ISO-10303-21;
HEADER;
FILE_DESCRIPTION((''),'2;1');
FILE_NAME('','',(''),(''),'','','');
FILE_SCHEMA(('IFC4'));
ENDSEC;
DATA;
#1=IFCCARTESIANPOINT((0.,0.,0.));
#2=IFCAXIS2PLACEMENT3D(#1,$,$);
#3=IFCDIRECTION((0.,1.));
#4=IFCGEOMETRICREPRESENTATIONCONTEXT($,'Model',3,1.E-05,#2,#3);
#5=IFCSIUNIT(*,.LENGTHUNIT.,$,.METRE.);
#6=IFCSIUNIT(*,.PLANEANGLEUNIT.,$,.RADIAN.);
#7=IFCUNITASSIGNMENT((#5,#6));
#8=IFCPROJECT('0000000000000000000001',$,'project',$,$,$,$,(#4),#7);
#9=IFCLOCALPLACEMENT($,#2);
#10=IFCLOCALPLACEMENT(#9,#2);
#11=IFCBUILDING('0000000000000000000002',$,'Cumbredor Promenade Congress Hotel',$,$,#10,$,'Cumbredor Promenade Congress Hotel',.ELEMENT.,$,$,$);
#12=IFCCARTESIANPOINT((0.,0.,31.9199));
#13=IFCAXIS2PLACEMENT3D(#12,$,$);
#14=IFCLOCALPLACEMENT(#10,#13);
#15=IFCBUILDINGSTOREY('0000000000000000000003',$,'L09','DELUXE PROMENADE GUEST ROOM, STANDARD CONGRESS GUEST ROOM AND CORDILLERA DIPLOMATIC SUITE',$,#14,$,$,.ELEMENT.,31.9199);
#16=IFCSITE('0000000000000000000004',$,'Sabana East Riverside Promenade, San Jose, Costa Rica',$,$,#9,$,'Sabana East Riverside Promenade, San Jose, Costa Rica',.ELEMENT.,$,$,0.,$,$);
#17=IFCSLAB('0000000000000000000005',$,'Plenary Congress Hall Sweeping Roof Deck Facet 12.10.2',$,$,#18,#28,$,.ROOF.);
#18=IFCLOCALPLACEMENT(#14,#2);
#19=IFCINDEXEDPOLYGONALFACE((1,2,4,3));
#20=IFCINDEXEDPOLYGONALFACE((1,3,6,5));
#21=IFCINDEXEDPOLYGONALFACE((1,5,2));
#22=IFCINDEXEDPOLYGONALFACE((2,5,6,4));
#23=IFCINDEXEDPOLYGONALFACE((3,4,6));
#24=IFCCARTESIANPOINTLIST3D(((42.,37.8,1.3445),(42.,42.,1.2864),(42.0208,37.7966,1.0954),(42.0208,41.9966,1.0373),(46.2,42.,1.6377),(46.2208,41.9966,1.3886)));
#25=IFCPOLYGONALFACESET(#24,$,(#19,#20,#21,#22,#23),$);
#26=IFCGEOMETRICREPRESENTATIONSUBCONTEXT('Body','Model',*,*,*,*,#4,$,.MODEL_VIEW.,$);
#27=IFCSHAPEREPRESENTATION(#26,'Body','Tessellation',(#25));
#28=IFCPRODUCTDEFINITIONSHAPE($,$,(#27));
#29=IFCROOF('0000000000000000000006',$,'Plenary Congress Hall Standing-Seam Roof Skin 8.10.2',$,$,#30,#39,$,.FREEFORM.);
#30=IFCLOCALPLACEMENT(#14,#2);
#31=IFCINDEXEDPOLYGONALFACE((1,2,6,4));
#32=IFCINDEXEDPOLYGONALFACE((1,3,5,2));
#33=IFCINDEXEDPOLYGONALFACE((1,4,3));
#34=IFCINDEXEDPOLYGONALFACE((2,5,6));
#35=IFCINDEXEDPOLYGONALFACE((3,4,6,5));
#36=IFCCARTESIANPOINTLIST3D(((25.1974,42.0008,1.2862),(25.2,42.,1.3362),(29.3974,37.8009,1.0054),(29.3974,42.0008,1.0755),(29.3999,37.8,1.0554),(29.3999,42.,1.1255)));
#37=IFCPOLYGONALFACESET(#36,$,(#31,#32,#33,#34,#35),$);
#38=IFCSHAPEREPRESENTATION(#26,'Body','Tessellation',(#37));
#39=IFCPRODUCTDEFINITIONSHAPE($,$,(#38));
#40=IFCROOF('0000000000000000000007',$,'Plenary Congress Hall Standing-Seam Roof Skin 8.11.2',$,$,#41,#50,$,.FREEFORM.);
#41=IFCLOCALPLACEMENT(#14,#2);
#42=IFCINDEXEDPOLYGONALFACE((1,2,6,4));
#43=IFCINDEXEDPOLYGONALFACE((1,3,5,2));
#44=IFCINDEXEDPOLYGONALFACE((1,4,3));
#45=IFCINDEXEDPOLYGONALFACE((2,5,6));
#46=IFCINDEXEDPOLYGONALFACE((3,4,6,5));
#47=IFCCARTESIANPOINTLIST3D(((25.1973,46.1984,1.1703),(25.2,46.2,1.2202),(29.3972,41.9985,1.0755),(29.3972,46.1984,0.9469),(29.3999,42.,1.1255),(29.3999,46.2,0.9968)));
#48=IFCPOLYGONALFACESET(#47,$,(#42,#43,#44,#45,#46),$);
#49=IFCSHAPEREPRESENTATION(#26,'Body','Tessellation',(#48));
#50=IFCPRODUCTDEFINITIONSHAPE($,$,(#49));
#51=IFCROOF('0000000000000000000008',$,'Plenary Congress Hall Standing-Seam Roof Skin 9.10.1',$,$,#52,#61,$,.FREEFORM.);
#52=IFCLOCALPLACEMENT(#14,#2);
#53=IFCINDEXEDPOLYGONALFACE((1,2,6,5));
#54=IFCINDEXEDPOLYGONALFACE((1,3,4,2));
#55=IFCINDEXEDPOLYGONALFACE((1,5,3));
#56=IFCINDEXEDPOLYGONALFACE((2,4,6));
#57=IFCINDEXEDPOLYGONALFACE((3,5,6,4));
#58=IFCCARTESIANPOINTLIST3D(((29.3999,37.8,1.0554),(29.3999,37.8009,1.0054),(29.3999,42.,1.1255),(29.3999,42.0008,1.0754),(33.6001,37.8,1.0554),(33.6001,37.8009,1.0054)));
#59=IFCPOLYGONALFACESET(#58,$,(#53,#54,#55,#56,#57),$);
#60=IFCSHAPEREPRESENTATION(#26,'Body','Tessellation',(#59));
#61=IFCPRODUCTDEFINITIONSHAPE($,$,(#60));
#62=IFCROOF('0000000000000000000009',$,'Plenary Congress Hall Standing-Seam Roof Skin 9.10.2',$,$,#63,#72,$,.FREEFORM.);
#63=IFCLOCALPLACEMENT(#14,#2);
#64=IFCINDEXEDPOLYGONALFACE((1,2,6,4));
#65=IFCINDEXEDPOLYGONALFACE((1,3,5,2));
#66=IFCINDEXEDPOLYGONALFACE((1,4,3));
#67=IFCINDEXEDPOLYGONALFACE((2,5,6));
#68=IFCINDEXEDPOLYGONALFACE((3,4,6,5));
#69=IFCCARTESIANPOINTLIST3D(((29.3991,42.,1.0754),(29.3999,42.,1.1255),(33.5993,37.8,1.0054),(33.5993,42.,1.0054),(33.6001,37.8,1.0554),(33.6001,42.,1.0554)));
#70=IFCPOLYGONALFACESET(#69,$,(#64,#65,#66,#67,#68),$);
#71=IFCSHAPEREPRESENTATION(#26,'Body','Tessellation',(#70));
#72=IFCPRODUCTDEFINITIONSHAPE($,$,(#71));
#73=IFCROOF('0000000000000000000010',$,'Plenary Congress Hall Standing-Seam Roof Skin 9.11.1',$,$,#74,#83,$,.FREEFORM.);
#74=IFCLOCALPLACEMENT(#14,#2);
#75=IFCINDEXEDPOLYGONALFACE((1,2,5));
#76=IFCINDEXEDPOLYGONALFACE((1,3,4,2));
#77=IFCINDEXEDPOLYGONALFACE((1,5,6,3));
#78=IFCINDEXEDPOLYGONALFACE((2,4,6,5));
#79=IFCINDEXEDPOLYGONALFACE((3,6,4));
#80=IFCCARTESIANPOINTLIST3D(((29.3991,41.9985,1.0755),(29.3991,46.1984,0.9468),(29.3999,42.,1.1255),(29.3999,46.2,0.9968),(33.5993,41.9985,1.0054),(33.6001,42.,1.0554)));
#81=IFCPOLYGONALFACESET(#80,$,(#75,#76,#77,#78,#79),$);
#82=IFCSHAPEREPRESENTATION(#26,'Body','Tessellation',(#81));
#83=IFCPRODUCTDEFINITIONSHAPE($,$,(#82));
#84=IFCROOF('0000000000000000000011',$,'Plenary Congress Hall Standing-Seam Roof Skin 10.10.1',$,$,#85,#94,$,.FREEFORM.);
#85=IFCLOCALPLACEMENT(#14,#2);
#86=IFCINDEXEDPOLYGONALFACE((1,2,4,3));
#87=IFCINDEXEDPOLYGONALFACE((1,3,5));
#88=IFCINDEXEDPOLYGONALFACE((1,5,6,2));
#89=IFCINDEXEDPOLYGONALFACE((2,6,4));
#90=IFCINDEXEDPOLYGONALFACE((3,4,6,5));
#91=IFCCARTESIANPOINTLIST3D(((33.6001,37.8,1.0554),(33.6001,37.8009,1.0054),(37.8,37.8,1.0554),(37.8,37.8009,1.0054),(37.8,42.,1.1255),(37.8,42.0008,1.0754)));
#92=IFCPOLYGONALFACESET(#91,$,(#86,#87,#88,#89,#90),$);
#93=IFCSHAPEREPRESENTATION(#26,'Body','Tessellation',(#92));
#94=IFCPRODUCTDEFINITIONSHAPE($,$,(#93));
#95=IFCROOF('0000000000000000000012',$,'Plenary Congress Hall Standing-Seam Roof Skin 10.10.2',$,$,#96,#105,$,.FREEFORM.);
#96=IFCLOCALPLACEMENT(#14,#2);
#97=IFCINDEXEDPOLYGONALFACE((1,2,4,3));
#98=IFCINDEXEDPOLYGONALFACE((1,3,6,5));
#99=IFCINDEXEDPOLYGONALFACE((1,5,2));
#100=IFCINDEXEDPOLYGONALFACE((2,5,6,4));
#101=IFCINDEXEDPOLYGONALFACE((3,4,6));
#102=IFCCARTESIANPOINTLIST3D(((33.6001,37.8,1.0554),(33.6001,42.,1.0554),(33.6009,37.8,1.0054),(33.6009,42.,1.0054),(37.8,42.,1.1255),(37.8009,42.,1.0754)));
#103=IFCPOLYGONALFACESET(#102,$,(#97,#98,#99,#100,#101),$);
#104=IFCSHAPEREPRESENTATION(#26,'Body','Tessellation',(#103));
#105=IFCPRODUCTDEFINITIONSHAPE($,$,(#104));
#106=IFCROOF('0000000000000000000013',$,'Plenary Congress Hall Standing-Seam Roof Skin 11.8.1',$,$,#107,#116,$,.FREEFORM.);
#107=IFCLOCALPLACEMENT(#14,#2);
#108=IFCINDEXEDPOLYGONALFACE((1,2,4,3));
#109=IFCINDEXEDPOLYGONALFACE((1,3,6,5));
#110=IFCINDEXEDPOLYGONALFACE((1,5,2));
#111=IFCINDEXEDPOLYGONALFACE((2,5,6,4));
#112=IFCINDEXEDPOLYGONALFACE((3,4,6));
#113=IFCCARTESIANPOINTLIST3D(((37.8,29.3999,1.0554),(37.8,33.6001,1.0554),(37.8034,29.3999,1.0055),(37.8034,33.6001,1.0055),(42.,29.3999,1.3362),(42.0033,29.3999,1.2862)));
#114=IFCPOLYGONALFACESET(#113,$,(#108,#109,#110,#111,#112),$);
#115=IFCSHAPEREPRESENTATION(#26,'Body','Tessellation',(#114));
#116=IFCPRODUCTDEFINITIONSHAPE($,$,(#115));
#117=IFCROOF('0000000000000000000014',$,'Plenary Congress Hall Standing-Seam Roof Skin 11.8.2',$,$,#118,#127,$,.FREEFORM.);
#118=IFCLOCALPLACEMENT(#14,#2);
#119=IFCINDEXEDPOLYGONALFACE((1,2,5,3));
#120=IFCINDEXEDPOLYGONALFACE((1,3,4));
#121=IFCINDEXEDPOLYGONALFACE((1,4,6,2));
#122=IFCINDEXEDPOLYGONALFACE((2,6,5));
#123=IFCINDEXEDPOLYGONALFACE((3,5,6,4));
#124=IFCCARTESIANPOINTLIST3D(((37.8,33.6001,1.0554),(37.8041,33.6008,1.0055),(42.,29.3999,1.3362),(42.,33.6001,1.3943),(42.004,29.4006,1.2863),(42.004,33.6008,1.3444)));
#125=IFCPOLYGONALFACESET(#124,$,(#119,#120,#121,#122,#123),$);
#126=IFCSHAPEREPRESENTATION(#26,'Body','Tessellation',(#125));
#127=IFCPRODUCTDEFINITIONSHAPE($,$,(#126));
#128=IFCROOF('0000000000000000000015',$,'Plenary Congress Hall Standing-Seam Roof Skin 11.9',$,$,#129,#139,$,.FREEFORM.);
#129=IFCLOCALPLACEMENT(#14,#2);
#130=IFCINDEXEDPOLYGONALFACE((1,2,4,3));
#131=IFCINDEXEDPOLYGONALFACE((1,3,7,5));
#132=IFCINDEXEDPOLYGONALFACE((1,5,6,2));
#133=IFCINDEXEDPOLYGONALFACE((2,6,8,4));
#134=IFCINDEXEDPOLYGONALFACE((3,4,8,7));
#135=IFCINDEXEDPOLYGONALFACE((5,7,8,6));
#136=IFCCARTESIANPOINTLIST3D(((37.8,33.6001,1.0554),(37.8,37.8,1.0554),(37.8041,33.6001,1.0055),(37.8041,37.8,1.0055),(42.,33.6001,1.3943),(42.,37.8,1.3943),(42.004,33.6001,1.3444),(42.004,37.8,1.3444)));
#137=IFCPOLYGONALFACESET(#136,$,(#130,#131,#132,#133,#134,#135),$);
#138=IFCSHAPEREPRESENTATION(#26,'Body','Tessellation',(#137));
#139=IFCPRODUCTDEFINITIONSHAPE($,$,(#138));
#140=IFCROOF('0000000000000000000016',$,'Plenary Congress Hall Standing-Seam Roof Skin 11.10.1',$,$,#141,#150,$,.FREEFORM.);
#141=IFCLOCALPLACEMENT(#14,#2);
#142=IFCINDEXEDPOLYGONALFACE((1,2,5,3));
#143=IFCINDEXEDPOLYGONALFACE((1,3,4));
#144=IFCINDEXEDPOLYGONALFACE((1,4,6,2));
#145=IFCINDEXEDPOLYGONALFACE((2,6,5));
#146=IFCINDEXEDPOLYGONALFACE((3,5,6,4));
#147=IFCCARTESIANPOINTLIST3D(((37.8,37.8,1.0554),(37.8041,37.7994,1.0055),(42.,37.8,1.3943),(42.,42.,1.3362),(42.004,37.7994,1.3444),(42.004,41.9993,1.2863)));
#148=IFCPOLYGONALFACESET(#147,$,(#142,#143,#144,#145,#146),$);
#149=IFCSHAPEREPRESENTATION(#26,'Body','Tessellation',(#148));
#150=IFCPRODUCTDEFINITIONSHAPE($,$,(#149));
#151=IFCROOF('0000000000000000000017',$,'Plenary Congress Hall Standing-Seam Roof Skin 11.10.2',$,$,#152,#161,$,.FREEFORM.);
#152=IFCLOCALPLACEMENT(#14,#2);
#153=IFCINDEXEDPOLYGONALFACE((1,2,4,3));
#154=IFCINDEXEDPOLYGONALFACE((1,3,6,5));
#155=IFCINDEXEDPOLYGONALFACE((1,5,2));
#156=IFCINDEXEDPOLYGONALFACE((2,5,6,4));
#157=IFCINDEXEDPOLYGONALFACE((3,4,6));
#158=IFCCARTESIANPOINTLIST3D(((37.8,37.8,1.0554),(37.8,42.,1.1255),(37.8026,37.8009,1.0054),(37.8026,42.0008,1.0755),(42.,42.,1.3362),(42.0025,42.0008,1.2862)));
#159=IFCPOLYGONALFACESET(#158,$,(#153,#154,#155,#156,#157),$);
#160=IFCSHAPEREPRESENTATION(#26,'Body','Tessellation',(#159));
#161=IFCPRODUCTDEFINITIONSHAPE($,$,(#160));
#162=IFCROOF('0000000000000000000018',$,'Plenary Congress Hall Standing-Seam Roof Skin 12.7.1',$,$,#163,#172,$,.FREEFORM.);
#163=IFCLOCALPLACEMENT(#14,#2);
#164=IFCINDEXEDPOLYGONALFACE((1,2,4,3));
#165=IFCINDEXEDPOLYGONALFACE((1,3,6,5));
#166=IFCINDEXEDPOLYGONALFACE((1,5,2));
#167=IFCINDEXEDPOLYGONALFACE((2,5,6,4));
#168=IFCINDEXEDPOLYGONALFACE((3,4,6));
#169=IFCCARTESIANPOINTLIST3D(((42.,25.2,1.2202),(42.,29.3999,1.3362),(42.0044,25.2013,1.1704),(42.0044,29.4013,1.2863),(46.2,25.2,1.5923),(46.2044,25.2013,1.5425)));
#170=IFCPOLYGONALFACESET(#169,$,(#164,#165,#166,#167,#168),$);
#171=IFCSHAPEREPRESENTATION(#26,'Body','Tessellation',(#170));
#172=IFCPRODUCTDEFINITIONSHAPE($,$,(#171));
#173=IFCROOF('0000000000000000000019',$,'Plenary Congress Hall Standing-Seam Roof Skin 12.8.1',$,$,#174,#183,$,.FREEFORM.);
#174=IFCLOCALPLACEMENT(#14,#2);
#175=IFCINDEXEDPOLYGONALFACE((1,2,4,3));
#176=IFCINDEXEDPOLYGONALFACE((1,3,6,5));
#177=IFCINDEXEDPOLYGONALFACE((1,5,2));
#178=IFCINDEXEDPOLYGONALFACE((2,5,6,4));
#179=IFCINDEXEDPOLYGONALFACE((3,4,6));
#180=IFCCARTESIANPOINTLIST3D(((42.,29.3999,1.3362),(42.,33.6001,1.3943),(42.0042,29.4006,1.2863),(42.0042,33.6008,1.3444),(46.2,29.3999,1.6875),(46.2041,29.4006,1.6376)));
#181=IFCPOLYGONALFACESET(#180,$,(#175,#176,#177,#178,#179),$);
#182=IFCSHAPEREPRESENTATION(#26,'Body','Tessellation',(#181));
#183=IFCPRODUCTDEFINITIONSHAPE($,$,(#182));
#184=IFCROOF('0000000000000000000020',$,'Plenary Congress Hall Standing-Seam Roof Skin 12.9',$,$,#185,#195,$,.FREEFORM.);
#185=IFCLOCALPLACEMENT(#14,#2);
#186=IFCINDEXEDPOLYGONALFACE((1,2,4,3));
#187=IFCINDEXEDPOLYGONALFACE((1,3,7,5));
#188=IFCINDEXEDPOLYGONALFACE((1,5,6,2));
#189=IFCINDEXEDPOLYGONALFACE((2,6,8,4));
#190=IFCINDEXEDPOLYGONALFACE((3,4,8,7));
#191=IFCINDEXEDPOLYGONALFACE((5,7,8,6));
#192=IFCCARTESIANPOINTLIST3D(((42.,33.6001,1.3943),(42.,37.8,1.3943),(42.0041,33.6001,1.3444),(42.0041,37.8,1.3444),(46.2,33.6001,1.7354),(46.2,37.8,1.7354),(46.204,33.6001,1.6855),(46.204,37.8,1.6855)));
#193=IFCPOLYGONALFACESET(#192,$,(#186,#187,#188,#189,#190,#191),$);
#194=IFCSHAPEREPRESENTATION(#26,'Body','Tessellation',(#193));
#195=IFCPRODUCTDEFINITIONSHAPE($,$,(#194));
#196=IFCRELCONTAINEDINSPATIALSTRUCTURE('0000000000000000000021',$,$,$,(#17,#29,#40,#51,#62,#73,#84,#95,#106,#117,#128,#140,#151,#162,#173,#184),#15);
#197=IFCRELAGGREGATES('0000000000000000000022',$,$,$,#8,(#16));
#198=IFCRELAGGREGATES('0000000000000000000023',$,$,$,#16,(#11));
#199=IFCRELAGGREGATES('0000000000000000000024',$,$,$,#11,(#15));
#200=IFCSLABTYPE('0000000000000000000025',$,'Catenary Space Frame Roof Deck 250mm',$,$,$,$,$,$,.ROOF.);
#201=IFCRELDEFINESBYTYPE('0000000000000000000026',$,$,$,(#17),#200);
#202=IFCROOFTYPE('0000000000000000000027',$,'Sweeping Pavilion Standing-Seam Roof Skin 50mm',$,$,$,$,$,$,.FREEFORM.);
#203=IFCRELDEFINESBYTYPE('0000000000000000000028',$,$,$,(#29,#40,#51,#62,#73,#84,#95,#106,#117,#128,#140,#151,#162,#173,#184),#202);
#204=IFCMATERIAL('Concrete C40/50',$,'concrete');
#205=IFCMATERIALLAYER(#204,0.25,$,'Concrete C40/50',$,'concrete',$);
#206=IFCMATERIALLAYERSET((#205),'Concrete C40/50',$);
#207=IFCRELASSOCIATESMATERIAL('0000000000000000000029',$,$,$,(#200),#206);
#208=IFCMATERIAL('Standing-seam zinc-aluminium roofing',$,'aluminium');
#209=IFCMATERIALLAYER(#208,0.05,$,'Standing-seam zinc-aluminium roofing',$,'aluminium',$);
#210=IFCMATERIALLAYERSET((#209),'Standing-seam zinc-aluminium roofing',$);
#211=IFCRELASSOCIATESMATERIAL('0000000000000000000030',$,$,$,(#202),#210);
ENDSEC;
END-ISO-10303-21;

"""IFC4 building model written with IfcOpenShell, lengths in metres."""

from ifc_helpers import new_model, si_unit, direction, frame, origin, place, context, subcontext, project, spatial, polyline, outline, extrude, material, layer, layer_set, type_object, element, save


model = new_model("IFC4")

# Units and contexts
model_context = context("Model", 3, precision=1e-05, world=origin(), true_north=direction((0.0, 1.0)))
body_context = subcontext(model_context, "Body", "Model", "MODEL_VIEW")
ifc_project = project(units=[si_unit("LENGTHUNIT", "METRE"), si_unit("PLANEANGLEUNIT", "RADIAN")], contexts=[model_context])

# Site, building, storey
site_placement = place(None, origin())
site = spatial("IfcSite", under=ifc_project, at=site_placement, Name="Sabana East Riverside Promenade, San Jose, Costa Rica", LongName="Sabana East Riverside Promenade, San Jose, Costa Rica", CompositionType="ELEMENT", RefElevation=0.0)
building_placement = place(site_placement, origin())
building = spatial("IfcBuilding", under=site, at=building_placement, Name="Cumbredor Promenade Congress Hotel", LongName="Cumbredor Promenade Congress Hotel", CompositionType="ELEMENT")
storey_placement = place(building_placement, frame((0.0, 0.0, 31.9199)))
storey = spatial("IfcBuildingStorey", under=building, at=storey_placement, Name="L09", Description="DELUXE PROMENADE GUEST ROOM, STANDARD CONGRESS GUEST ROOM AND CORDILLERA DIPLOMATIC SUITE", CompositionType="ELEMENT", Elevation=31.9199)

# Slab
ifc_material_1 = material(Name="Concrete C40/50", Category="concrete")
ifc_layer_1 = layer(ifc_material_1, 0.25, Name="Concrete C40/50", Category="concrete")
ifc_layer_set_1 = layer_set([ifc_layer_1], Name="Concrete C40/50")
slab_type = type_object("IfcSlabType", Name="Catenary Space Frame Roof Deck 250mm", PredefinedType="ROOF", material=ifc_layer_set_1)
slab_1_placement = place(storey_placement, frame((42.0, 37.8, 1.3445), z_axis=(-0.083349, 0.013785, 0.996425), x_axis=(0.706247, 0.706247, 0.049305)))
element("IfcSlab", 1, at=slab_1_placement, inside=storey, type_object=slab_type, Name="Plenary Congress Hall Sweeping Roof Deck Facet 12.10.2", PredefinedType="ROOF", context=body_context, shape_type="SweptSolid", body=[
    extrude(outline(polyline([(0.0, 0.0), (5.9469, 0.0), (2.9633, 2.9768), (0.0, 0.0)])), origin(), (0.0, 0.0, -1.0), 0.25),
])

# Roofs
ifc_material_2 = material(Name="Standing-seam zinc-aluminium roofing", Category="aluminium")
ifc_layer_2 = layer(ifc_material_2, 0.05, Name="Standing-seam zinc-aluminium roofing", Category="aluminium")
ifc_layer_set_2 = layer_set([ifc_layer_2], Name="Standing-seam zinc-aluminium roofing")
roof_type = type_object("IfcRoofType", Name="Sweeping Pavilion Standing-Seam Roof Skin 50mm", PredefinedType="FREEFORM", material=ifc_layer_set_2)
roof_1_placement = place(storey_placement, frame((29.3999, 37.8, 1.0554), z_axis=(0.050096, -0.01666, 0.998605), x_axis=(0.0, 0.999861, 0.016681)))
element("IfcRoof", 2, at=roof_1_placement, inside=storey, type_object=roof_type, Name="Plenary Congress Hall Standing-Seam Roof Skin 8.10.2", PredefinedType="FREEFORM", context=body_context, shape_type="SweptSolid", body=[
    extrude(outline(polyline([(0.0, 0.0), (4.2005, 0.0), (4.2041, 4.2052), (0.0, 0.0)])), origin(), (0.0, 0.0, -1.0), 0.05),
])
roof_2_placement = place(storey_placement, frame((29.3999, 42.0, 1.1255), z_axis=(0.053088, 0.030577, 0.998122), x_axis=(0.0, 0.999531, -0.03062)))
element("IfcRoof", 3, at=roof_2_placement, inside=storey, type_object=roof_type, Name="Plenary Congress Hall Standing-Seam Roof Skin 8.11.2", PredefinedType="FREEFORM", context=body_context, shape_type="SweptSolid", body=[
    extrude(outline(polyline([(0.0, 0.0), (4.2019, 0.0), (4.1951, 4.2059), (0.0, 0.0)])), origin(), (0.0, 0.0, -1.0), 0.05),
])
roof_3_placement = place(storey_placement, frame((29.3999, 37.8, 1.0554), z_axis=(0.0, -0.016681, 0.999861), x_axis=(1.0, 0.0, 0.0)))
element("IfcRoof", 4, at=roof_3_placement, inside=storey, type_object=roof_type, Name="Plenary Congress Hall Standing-Seam Roof Skin 9.10.1", PredefinedType="FREEFORM", context=body_context, shape_type="SweptSolid", body=[
    extrude(outline(polyline([(0.0, 0.0), (4.2002, 0.0), (0.0, 4.2005), (0.0, 0.0)])), origin(), (0.0, 0.0, -1.0), 0.05),
])
roof_4_placement = place(storey_placement, frame((33.6001, 37.8, 1.0554), z_axis=(0.01668, 0.0, 0.999861), x_axis=(0.0, 1.0, 0.0)))
element("IfcRoof", 5, at=roof_4_placement, inside=storey, type_object=roof_type, Name="Plenary Congress Hall Standing-Seam Roof Skin 9.10.2", PredefinedType="FREEFORM", context=body_context, shape_type="SweptSolid", body=[
    extrude(outline(polyline([(0.0, 0.0), (4.2, 0.0), (4.2, 4.2008), (0.0, 0.0)])), origin(), (0.0, 0.0, -1.0), 0.05),
])
roof_5_placement = place(storey_placement, frame((29.3999, 42.0, 1.1255), z_axis=(0.016672, 0.030616, 0.999392), x_axis=(0.999861, 0.0, -0.01668)))
element("IfcRoof", 6, at=roof_5_placement, inside=storey, type_object=roof_type, Name="Plenary Congress Hall Standing-Seam Roof Skin 9.11.1", PredefinedType="FREEFORM", context=body_context, shape_type="SweptSolid", body=[
    extrude(outline(polyline([(0.0, 0.0), (4.2008, 0.0), (0.0021, 4.2019), (0.0, 0.0)])), origin(), (0.0, 0.0, -1.0), 0.05),
])
roof_6_placement = place(storey_placement, frame((33.6001, 37.8, 1.0554), z_axis=(0.0, -0.016681, 0.999861), x_axis=(1.0, 0.0, 0.0)))
element("IfcRoof", 7, at=roof_6_placement, inside=storey, type_object=roof_type, Name="Plenary Congress Hall Standing-Seam Roof Skin 10.10.1", PredefinedType="FREEFORM", context=body_context, shape_type="SweptSolid", body=[
    extrude(outline(polyline([(0.0, 0.0), (4.2, 0.0), (4.2, 4.2005), (0.0, 0.0)])), origin(), (0.0, 0.0, -1.0), 0.05),
])
roof_7_placement = place(storey_placement, frame((33.6001, 37.8, 1.0554), z_axis=(-0.016681, 0.0, 0.999861), x_axis=(0.707058, 0.707058, 0.011796)))
element("IfcRoof", 8, at=roof_7_placement, inside=storey, type_object=roof_type, Name="Plenary Congress Hall Standing-Seam Roof Skin 10.10.2", PredefinedType="FREEFORM", context=body_context, shape_type="SweptSolid", body=[
    extrude(outline(polyline([(0.0, 0.0), (5.94, 0.0), (2.9696, 2.97), (0.0, 0.0)])), origin(), (0.0, 0.0, -1.0), 0.05),
])
roof_8_placement = place(storey_placement, frame((37.8, 29.3999, 1.0554), z_axis=(-0.0667, 0.0, 0.997773), x_axis=(0.997773, 0.0, 0.0667)))
element("IfcRoof", 9, at=roof_8_placement, inside=storey, type_object=roof_type, Name="Plenary Congress Hall Standing-Seam Roof Skin 11.8.1", PredefinedType="FREEFORM", context=body_context, shape_type="SweptSolid", body=[
    extrude(outline(polyline([(0.0, 0.0), (4.2093, 0.0), (0.0, 4.2002), (0.0, 0.0)])), origin(), (0.0, 0.0, -1.0), 0.05),
])
roof_9_placement = place(storey_placement, frame((42.0, 29.3999, 1.3362), z_axis=(-0.080415, -0.013788, 0.996666), x_axis=(0.0, 0.999904, 0.013833)))
element("IfcRoof", 10, at=roof_9_placement, inside=storey, type_object=roof_type, Name="Plenary Congress Hall Standing-Seam Roof Skin 11.8.2", PredefinedType="FREEFORM", context=body_context, shape_type="SweptSolid", body=[
    extrude(outline(polyline([(0.0, 0.0), (4.2006, 0.0), (4.1959, 4.2136), (0.0, 0.0)])), origin(), (0.0, 0.0, -1.0), 0.05),
])
roof_10_placement = place(storey_placement, frame((37.8, 33.6001, 1.0554), z_axis=(-0.080422, 0.0, 0.996761), x_axis=(0.996761, 0.0, 0.080422)))
element("IfcRoof", 11, at=roof_10_placement, inside=storey, type_object=roof_type, Name="Plenary Congress Hall Standing-Seam Roof Skin 11.9", PredefinedType="FREEFORM", context=body_context, shape_type="SweptSolid", body=[
    extrude(outline(polyline([(0.0, 0.0), (4.2136, 0.0), (4.2136, 4.2), (0.0, 4.2), (0.0, 0.0)])), origin(), (0.0, 0.0, -1.0), 0.05),
])
roof_11_placement = place(storey_placement, frame((37.8, 37.8, 1.0554), z_axis=(-0.080415, 0.013789, 0.996666), x_axis=(0.996761, 0.0, 0.080422)))
element("IfcRoof", 12, at=roof_11_placement, inside=storey, type_object=roof_type, Name="Plenary Congress Hall Standing-Seam Roof Skin 11.10.1", PredefinedType="FREEFORM", context=body_context, shape_type="SweptSolid", body=[
    extrude(outline(polyline([(0.0, 0.0), (4.2136, 0.0), (4.2089, 4.2004), (0.0, 0.0)])), origin(), (0.0, 0.0, -1.0), 0.05),
])
roof_12_placement = place(storey_placement, frame((37.8, 37.8, 1.0554), z_axis=(-0.050096, -0.01666, 0.998605), x_axis=(0.706318, 0.706318, 0.047217)))
element("IfcRoof", 13, at=roof_12_placement, inside=storey, type_object=roof_type, Name="Plenary Congress Hall Standing-Seam Roof Skin 11.10.2", PredefinedType="FREEFORM", context=body_context, shape_type="SweptSolid", body=[
    extrude(outline(polyline([(0.0, 0.0), (5.9463, 0.0), (2.9698, 2.9706), (0.0, 0.0)])), origin(), (0.0, 0.0, -1.0), 0.05),
])
roof_13_placement = place(storey_placement, frame((42.0, 25.2, 1.2202), z_axis=(-0.08821, -0.027493, 0.995722), x_axis=(0.996099, 0.0, 0.088244)))
element("IfcRoof", 14, at=roof_13_placement, inside=storey, type_object=roof_type, Name="Plenary Congress Hall Standing-Seam Roof Skin 12.7.1", PredefinedType="FREEFORM", context=body_context, shape_type="SweptSolid", body=[
    extrude(outline(polyline([(0.0, 0.0), (4.2164, 0.0), (0.0102, 4.2015), (0.0, 0.0)])), origin(), (0.0, 0.0, -1.0), 0.05),
])
roof_14_placement = place(storey_placement, frame((42.0, 29.3999, 1.3362), z_axis=(-0.083349, -0.013785, 0.996425), x_axis=(0.99652, 0.0, 0.083357)))
element("IfcRoof", 15, at=roof_14_placement, inside=storey, type_object=roof_type, Name="Plenary Congress Hall Standing-Seam Roof Skin 12.8.1", PredefinedType="FREEFORM", context=body_context, shape_type="SweptSolid", body=[
    extrude(outline(polyline([(0.0, 0.0), (4.2146, 0.0), (0.0048, 4.2006), (0.0, 0.0)])), origin(), (0.0, 0.0, -1.0), 0.05),
])
roof_15_placement = place(storey_placement, frame((42.0, 33.6001, 1.3943), z_axis=(-0.08094, 0.0, 0.996719), x_axis=(0.996719, 0.0, 0.08094)))
element("IfcRoof", 16, at=roof_15_placement, inside=storey, type_object=roof_type, Name="Plenary Congress Hall Standing-Seam Roof Skin 12.9", PredefinedType="FREEFORM", context=body_context, shape_type="SweptSolid", body=[
    extrude(outline(polyline([(0.0, 0.0), (4.2138, 0.0), (4.2138, 4.2), (0.0, 4.2), (0.0, 0.0)])), origin(), (0.0, 0.0, -1.0), 0.05),
])

save(model, "model.ifc")
